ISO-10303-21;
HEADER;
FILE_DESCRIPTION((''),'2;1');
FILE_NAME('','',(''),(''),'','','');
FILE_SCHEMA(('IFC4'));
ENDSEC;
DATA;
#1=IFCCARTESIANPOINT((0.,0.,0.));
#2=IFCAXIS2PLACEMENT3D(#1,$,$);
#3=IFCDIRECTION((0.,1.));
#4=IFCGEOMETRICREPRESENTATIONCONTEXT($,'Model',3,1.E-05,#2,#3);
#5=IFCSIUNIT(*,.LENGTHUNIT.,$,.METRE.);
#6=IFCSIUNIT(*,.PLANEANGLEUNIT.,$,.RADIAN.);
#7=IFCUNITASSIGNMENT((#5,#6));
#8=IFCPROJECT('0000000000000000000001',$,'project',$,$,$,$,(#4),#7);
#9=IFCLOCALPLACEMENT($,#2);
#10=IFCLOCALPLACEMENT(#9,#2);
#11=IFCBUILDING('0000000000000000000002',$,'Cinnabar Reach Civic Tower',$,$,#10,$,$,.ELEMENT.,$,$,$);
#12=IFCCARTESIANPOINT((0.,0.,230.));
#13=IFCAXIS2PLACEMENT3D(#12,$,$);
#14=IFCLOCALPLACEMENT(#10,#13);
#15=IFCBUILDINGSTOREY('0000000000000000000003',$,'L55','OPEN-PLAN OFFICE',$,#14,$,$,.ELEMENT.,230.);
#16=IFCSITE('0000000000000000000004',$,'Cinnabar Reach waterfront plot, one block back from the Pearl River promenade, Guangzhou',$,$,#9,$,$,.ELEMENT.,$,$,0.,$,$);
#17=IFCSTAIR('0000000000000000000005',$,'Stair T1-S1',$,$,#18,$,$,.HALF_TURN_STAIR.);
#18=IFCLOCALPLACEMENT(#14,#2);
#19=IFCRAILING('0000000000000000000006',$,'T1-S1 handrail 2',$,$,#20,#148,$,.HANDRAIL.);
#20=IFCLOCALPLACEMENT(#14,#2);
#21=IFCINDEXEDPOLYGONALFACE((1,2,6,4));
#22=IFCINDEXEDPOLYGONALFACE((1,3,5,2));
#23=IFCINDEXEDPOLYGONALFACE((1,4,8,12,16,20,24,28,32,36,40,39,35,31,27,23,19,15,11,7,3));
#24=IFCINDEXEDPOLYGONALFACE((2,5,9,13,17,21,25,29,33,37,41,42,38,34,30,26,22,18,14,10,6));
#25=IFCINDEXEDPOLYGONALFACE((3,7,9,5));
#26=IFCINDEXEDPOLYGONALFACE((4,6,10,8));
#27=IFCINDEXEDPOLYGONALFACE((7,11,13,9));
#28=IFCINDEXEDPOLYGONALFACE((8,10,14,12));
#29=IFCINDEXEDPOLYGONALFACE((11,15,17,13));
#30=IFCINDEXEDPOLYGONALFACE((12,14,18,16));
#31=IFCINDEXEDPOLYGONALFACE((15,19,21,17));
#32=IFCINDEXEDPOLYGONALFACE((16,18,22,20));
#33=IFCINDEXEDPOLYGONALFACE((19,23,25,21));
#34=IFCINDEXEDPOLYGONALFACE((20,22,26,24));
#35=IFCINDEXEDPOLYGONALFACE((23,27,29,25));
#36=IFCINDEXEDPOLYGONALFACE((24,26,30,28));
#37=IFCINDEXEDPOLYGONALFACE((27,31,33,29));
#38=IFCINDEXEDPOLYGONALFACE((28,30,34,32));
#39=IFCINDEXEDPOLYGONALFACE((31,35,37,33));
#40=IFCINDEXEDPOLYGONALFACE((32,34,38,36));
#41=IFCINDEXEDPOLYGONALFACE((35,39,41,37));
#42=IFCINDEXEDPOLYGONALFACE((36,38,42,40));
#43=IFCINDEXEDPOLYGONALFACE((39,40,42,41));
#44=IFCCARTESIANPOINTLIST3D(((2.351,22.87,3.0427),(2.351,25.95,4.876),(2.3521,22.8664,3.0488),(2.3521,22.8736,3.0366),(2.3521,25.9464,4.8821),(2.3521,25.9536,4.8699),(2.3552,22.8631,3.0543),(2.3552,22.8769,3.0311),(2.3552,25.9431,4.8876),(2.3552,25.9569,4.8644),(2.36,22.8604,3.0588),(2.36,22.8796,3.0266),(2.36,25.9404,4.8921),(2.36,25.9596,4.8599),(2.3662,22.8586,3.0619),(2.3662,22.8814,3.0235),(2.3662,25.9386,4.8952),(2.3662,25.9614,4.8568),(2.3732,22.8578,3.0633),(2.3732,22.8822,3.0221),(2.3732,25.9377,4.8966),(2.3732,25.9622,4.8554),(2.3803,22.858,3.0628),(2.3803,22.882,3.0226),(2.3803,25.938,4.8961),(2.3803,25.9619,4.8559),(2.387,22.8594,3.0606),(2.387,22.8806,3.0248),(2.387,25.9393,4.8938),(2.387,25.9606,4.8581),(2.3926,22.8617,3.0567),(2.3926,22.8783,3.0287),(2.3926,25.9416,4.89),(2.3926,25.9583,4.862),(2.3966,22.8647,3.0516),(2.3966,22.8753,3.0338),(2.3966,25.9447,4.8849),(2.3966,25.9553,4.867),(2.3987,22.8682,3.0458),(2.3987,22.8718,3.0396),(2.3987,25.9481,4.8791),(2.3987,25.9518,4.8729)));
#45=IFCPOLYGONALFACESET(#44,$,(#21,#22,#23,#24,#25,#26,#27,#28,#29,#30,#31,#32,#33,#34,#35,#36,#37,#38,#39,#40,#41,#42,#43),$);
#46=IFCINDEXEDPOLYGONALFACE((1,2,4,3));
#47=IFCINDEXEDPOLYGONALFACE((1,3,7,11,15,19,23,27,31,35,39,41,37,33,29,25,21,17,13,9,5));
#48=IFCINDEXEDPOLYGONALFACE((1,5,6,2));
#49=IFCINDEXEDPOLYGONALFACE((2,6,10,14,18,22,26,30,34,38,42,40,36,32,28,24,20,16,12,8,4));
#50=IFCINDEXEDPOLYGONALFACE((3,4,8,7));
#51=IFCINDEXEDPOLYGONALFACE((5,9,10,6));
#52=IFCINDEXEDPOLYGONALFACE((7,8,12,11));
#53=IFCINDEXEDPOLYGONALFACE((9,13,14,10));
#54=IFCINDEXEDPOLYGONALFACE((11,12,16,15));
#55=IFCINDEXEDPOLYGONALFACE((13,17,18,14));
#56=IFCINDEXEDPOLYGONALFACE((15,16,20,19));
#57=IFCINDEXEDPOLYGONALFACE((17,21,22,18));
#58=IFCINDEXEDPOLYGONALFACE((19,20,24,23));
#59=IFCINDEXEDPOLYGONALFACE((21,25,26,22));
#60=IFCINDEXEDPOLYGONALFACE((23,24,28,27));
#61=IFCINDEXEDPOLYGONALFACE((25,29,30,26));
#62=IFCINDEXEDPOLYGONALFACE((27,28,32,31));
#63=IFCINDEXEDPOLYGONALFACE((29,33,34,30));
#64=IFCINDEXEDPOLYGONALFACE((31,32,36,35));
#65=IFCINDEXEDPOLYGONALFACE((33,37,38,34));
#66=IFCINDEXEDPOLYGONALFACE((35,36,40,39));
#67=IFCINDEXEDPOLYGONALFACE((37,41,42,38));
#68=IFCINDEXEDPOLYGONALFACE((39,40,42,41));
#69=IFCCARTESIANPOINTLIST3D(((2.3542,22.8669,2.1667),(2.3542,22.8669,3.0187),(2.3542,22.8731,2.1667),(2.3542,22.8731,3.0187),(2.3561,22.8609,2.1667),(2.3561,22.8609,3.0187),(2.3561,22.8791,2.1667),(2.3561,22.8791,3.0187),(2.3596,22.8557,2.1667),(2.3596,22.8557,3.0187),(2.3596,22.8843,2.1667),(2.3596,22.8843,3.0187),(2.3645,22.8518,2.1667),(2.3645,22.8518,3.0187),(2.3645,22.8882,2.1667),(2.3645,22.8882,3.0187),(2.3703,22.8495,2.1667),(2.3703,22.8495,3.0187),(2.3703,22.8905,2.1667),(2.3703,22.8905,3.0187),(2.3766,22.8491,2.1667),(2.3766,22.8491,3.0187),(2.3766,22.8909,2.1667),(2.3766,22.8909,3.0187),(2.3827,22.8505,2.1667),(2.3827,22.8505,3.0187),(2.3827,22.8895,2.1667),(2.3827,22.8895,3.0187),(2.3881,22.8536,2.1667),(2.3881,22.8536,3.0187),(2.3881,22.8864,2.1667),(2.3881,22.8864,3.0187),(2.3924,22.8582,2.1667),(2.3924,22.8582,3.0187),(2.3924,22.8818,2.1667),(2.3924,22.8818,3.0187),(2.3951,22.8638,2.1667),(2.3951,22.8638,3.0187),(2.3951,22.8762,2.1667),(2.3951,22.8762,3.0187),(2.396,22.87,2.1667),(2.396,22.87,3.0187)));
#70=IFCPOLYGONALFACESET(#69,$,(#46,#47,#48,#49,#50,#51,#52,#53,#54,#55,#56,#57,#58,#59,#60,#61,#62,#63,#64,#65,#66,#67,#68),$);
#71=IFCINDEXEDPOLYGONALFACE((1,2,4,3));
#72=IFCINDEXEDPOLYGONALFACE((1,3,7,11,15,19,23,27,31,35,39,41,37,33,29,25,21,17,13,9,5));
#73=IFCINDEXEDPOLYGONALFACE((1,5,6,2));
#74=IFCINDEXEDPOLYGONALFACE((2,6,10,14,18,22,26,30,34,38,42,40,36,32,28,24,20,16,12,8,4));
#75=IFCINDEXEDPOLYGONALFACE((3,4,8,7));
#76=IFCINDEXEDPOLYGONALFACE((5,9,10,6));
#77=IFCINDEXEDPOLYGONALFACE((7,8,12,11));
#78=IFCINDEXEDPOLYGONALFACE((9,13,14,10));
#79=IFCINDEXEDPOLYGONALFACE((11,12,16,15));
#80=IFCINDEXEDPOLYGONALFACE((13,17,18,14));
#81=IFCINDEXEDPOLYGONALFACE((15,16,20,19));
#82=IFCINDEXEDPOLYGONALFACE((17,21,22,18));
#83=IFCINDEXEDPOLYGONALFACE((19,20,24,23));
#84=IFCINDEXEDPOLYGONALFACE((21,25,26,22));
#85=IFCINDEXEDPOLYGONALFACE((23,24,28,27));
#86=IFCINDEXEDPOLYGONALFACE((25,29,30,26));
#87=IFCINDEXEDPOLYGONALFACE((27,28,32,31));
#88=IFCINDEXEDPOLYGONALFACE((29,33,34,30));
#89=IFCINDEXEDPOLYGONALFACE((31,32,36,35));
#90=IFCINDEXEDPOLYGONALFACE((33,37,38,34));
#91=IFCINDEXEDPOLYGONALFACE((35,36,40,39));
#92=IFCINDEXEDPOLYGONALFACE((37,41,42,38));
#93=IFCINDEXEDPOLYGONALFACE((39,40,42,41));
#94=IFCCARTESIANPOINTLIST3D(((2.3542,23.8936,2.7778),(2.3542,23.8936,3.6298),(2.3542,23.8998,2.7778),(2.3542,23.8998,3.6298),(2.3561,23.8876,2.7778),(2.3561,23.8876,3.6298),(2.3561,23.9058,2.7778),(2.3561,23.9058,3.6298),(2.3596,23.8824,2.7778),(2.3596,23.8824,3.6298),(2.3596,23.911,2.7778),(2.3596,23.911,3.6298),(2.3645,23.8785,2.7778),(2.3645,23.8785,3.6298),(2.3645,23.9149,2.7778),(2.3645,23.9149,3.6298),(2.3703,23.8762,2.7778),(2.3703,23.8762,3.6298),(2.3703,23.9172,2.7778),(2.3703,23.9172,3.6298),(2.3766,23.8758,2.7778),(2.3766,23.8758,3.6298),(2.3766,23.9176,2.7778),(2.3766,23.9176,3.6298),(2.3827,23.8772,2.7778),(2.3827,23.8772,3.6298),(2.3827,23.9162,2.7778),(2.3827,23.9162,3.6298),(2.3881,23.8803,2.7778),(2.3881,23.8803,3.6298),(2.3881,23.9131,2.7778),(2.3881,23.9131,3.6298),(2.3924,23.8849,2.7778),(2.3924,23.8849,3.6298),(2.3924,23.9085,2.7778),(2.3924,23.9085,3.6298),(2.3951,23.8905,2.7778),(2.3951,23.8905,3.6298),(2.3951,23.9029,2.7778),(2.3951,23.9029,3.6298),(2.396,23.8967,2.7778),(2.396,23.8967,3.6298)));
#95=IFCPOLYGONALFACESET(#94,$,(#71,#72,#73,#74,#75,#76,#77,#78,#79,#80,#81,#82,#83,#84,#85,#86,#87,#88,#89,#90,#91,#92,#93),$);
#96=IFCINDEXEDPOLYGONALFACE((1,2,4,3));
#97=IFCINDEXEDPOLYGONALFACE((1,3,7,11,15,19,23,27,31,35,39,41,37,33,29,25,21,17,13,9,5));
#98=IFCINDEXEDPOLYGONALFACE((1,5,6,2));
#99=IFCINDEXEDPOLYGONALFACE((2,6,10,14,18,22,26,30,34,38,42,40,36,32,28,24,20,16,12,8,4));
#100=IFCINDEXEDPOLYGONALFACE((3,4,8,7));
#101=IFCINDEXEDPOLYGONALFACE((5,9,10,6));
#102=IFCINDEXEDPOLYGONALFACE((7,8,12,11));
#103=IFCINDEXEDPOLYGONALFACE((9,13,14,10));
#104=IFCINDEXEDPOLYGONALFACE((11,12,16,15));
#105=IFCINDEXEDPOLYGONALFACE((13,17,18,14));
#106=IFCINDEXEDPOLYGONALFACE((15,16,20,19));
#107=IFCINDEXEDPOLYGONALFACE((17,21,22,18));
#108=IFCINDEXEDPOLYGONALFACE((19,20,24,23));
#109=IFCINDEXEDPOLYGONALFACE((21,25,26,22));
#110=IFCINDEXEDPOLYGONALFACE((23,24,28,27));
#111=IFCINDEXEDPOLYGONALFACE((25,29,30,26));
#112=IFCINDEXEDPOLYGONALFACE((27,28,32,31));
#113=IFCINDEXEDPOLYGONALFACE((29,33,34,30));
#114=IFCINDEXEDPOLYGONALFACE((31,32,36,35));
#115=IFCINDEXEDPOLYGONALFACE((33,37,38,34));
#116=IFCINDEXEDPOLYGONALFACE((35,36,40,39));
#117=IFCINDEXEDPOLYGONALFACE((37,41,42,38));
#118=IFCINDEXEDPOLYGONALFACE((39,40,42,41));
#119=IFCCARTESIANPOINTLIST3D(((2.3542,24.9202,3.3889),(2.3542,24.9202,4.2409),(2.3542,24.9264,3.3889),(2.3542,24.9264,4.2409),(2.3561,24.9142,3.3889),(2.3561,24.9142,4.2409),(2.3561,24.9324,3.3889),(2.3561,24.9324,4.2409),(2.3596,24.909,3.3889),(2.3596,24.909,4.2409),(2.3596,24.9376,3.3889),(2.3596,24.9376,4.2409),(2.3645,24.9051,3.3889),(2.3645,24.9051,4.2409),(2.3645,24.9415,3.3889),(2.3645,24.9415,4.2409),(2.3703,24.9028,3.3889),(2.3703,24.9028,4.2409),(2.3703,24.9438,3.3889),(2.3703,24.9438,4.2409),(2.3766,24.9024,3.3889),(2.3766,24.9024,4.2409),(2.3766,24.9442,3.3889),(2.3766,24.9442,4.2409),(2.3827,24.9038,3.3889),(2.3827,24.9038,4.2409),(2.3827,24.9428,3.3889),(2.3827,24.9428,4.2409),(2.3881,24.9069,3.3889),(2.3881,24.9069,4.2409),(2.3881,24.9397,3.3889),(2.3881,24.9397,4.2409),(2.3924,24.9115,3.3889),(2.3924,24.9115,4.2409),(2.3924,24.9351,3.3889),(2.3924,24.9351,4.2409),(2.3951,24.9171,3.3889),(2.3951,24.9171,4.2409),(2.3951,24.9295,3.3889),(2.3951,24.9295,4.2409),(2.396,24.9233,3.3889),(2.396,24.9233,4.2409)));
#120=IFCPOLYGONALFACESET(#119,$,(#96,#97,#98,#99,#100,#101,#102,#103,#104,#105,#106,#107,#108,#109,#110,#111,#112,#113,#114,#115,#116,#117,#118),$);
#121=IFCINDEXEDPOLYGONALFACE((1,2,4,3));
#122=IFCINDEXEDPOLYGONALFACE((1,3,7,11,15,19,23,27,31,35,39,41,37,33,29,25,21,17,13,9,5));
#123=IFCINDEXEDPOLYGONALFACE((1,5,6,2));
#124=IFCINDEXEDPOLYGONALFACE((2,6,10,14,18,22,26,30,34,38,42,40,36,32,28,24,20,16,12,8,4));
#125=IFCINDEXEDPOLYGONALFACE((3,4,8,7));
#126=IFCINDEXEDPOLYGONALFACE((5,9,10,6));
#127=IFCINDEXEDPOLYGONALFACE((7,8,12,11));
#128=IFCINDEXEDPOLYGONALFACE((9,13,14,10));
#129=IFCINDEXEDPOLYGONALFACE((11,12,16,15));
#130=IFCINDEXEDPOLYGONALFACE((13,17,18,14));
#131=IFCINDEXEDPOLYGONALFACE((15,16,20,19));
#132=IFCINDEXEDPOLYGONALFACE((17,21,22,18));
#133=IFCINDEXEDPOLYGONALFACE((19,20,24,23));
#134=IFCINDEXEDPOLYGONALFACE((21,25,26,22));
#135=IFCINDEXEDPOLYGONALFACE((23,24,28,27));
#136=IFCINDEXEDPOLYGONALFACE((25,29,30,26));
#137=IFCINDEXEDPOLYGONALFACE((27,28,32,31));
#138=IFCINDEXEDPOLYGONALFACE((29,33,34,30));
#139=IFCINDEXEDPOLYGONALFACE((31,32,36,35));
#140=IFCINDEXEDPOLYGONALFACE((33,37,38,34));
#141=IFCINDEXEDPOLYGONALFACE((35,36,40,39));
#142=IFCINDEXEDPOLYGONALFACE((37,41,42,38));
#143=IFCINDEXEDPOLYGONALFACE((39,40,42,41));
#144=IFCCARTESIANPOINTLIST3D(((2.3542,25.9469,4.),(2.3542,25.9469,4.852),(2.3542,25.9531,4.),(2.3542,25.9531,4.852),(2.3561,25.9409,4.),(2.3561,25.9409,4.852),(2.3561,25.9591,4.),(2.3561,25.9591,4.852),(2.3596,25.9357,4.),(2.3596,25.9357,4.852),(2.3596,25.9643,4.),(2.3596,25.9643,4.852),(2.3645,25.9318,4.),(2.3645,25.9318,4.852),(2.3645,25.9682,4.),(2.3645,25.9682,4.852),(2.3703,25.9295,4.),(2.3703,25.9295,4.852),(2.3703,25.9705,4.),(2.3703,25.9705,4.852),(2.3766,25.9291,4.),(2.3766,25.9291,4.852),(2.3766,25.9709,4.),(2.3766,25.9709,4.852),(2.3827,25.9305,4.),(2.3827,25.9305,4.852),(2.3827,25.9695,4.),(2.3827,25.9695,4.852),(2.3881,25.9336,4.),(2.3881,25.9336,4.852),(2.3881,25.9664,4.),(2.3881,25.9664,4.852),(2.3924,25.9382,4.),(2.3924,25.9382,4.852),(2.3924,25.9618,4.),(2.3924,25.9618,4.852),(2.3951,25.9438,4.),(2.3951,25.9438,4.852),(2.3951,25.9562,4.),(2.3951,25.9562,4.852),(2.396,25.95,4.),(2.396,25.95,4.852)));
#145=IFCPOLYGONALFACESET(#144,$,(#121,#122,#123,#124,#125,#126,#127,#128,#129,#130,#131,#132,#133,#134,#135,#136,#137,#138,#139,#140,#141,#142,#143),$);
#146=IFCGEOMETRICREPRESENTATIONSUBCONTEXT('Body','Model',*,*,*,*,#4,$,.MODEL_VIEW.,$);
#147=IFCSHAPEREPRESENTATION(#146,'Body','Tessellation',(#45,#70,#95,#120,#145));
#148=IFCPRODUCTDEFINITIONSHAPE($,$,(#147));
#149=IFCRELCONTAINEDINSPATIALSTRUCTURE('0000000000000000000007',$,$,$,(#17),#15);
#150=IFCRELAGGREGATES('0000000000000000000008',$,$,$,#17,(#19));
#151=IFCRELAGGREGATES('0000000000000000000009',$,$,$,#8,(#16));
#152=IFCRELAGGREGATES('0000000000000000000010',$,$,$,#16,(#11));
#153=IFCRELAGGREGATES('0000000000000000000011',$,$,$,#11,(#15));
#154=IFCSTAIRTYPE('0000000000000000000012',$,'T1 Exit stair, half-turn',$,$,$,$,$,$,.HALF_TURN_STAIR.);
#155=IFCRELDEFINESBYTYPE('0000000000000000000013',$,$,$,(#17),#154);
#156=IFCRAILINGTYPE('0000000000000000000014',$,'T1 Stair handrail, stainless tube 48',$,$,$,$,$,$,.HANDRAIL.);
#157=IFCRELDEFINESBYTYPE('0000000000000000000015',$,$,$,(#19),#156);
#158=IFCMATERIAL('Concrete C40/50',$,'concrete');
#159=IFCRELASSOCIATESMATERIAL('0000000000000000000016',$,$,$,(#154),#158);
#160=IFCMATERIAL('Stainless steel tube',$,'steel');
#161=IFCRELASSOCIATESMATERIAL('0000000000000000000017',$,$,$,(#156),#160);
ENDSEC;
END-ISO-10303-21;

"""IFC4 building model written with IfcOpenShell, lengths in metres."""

from ifc_helpers import new_model, si_unit, direction, frame, origin, origin_2d, place, context, subcontext, project, spatial, circle, extrude, material, type_object, element, aggregate, save


model = new_model("IFC4")

# Units and contexts
model_context = context("Model", 3, precision=1e-05, world=origin(), true_north=direction((0.0, 1.0)))
body_context = subcontext(model_context, "Body", "Model", "MODEL_VIEW")
ifc_project = project(units=[si_unit("LENGTHUNIT", "METRE"), si_unit("PLANEANGLEUNIT", "RADIAN")], contexts=[model_context])

# Site, building, storey
site_placement = place(None, origin())
site = spatial("IfcSite", under=ifc_project, at=site_placement, Name="Cinnabar Reach waterfront plot, one block back from the Pearl River promenade, Guangzhou", CompositionType="ELEMENT", RefElevation=0.0)
building_placement = place(site_placement, origin())
building = spatial("IfcBuilding", under=site, at=building_placement, Name="Cinnabar Reach Civic Tower", CompositionType="ELEMENT")
storey_placement = place(building_placement, frame((0.0, 0.0, 230.0)))
storey = spatial("IfcBuildingStorey", under=building, at=storey_placement, Name="L55", Description="OPEN-PLAN OFFICE", CompositionType="ELEMENT", Elevation=230.0)

# Shared definitions
ifc_material_1 = material(Name="Concrete C40/50", Category="concrete")

# Stair, railing
stair_type = type_object("IfcStairType", Name="T1 Exit stair, half-turn", PredefinedType="HALF_TURN_STAIR", material=ifc_material_1)
stair_placement = place(storey_placement, origin())
stair = element("IfcStair", 1, at=stair_placement, inside=storey, type_object=stair_type, Name="Stair T1-S1", PredefinedType="HALF_TURN_STAIR")
ifc_material_2 = material(Name="Stainless steel tube", Category="steel")
railing_type = type_object("IfcRailingType", Name="T1 Stair handrail, stainless tube 48", PredefinedType="HANDRAIL", material=ifc_material_2)
railing_1_placement = place(storey_placement, frame((2.375, 22.87, 2.1667)))
railing_1 = element("IfcRailing", 2, at=railing_1_placement, type_object=railing_type, Name="T1-S1 handrail 2", PredefinedType="HANDRAIL", context=body_context, shape_type="SweptSolid", body=[
    extrude(circle(Radius=0.024, at=origin_2d()), frame((0.0, 0.0, 0.876), z_axis=(0.0, 0.859297, 0.511477), x_axis=(-1.0, 0.0, 0.0)), (0.0, 0.0, 1.0), 3.5843),
    extrude(circle(Radius=0.021, at=origin_2d()), origin(), (0.0, 0.0, 1.0), 0.852),
    extrude(circle(Radius=0.021, at=origin_2d()), frame((0.0, 1.0267, 0.6111)), (0.0, 0.0, 1.0), 0.852),
    extrude(circle(Radius=0.021, at=origin_2d()), frame((0.0, 2.0533, 1.2222)), (0.0, 0.0, 1.0), 0.852),
    extrude(circle(Radius=0.021, at=origin_2d()), frame((0.0, 3.08, 1.8333)), (0.0, 0.0, 1.0), 0.852),
])
aggregate(stair, [railing_1])

save(model, "model.ifc")
